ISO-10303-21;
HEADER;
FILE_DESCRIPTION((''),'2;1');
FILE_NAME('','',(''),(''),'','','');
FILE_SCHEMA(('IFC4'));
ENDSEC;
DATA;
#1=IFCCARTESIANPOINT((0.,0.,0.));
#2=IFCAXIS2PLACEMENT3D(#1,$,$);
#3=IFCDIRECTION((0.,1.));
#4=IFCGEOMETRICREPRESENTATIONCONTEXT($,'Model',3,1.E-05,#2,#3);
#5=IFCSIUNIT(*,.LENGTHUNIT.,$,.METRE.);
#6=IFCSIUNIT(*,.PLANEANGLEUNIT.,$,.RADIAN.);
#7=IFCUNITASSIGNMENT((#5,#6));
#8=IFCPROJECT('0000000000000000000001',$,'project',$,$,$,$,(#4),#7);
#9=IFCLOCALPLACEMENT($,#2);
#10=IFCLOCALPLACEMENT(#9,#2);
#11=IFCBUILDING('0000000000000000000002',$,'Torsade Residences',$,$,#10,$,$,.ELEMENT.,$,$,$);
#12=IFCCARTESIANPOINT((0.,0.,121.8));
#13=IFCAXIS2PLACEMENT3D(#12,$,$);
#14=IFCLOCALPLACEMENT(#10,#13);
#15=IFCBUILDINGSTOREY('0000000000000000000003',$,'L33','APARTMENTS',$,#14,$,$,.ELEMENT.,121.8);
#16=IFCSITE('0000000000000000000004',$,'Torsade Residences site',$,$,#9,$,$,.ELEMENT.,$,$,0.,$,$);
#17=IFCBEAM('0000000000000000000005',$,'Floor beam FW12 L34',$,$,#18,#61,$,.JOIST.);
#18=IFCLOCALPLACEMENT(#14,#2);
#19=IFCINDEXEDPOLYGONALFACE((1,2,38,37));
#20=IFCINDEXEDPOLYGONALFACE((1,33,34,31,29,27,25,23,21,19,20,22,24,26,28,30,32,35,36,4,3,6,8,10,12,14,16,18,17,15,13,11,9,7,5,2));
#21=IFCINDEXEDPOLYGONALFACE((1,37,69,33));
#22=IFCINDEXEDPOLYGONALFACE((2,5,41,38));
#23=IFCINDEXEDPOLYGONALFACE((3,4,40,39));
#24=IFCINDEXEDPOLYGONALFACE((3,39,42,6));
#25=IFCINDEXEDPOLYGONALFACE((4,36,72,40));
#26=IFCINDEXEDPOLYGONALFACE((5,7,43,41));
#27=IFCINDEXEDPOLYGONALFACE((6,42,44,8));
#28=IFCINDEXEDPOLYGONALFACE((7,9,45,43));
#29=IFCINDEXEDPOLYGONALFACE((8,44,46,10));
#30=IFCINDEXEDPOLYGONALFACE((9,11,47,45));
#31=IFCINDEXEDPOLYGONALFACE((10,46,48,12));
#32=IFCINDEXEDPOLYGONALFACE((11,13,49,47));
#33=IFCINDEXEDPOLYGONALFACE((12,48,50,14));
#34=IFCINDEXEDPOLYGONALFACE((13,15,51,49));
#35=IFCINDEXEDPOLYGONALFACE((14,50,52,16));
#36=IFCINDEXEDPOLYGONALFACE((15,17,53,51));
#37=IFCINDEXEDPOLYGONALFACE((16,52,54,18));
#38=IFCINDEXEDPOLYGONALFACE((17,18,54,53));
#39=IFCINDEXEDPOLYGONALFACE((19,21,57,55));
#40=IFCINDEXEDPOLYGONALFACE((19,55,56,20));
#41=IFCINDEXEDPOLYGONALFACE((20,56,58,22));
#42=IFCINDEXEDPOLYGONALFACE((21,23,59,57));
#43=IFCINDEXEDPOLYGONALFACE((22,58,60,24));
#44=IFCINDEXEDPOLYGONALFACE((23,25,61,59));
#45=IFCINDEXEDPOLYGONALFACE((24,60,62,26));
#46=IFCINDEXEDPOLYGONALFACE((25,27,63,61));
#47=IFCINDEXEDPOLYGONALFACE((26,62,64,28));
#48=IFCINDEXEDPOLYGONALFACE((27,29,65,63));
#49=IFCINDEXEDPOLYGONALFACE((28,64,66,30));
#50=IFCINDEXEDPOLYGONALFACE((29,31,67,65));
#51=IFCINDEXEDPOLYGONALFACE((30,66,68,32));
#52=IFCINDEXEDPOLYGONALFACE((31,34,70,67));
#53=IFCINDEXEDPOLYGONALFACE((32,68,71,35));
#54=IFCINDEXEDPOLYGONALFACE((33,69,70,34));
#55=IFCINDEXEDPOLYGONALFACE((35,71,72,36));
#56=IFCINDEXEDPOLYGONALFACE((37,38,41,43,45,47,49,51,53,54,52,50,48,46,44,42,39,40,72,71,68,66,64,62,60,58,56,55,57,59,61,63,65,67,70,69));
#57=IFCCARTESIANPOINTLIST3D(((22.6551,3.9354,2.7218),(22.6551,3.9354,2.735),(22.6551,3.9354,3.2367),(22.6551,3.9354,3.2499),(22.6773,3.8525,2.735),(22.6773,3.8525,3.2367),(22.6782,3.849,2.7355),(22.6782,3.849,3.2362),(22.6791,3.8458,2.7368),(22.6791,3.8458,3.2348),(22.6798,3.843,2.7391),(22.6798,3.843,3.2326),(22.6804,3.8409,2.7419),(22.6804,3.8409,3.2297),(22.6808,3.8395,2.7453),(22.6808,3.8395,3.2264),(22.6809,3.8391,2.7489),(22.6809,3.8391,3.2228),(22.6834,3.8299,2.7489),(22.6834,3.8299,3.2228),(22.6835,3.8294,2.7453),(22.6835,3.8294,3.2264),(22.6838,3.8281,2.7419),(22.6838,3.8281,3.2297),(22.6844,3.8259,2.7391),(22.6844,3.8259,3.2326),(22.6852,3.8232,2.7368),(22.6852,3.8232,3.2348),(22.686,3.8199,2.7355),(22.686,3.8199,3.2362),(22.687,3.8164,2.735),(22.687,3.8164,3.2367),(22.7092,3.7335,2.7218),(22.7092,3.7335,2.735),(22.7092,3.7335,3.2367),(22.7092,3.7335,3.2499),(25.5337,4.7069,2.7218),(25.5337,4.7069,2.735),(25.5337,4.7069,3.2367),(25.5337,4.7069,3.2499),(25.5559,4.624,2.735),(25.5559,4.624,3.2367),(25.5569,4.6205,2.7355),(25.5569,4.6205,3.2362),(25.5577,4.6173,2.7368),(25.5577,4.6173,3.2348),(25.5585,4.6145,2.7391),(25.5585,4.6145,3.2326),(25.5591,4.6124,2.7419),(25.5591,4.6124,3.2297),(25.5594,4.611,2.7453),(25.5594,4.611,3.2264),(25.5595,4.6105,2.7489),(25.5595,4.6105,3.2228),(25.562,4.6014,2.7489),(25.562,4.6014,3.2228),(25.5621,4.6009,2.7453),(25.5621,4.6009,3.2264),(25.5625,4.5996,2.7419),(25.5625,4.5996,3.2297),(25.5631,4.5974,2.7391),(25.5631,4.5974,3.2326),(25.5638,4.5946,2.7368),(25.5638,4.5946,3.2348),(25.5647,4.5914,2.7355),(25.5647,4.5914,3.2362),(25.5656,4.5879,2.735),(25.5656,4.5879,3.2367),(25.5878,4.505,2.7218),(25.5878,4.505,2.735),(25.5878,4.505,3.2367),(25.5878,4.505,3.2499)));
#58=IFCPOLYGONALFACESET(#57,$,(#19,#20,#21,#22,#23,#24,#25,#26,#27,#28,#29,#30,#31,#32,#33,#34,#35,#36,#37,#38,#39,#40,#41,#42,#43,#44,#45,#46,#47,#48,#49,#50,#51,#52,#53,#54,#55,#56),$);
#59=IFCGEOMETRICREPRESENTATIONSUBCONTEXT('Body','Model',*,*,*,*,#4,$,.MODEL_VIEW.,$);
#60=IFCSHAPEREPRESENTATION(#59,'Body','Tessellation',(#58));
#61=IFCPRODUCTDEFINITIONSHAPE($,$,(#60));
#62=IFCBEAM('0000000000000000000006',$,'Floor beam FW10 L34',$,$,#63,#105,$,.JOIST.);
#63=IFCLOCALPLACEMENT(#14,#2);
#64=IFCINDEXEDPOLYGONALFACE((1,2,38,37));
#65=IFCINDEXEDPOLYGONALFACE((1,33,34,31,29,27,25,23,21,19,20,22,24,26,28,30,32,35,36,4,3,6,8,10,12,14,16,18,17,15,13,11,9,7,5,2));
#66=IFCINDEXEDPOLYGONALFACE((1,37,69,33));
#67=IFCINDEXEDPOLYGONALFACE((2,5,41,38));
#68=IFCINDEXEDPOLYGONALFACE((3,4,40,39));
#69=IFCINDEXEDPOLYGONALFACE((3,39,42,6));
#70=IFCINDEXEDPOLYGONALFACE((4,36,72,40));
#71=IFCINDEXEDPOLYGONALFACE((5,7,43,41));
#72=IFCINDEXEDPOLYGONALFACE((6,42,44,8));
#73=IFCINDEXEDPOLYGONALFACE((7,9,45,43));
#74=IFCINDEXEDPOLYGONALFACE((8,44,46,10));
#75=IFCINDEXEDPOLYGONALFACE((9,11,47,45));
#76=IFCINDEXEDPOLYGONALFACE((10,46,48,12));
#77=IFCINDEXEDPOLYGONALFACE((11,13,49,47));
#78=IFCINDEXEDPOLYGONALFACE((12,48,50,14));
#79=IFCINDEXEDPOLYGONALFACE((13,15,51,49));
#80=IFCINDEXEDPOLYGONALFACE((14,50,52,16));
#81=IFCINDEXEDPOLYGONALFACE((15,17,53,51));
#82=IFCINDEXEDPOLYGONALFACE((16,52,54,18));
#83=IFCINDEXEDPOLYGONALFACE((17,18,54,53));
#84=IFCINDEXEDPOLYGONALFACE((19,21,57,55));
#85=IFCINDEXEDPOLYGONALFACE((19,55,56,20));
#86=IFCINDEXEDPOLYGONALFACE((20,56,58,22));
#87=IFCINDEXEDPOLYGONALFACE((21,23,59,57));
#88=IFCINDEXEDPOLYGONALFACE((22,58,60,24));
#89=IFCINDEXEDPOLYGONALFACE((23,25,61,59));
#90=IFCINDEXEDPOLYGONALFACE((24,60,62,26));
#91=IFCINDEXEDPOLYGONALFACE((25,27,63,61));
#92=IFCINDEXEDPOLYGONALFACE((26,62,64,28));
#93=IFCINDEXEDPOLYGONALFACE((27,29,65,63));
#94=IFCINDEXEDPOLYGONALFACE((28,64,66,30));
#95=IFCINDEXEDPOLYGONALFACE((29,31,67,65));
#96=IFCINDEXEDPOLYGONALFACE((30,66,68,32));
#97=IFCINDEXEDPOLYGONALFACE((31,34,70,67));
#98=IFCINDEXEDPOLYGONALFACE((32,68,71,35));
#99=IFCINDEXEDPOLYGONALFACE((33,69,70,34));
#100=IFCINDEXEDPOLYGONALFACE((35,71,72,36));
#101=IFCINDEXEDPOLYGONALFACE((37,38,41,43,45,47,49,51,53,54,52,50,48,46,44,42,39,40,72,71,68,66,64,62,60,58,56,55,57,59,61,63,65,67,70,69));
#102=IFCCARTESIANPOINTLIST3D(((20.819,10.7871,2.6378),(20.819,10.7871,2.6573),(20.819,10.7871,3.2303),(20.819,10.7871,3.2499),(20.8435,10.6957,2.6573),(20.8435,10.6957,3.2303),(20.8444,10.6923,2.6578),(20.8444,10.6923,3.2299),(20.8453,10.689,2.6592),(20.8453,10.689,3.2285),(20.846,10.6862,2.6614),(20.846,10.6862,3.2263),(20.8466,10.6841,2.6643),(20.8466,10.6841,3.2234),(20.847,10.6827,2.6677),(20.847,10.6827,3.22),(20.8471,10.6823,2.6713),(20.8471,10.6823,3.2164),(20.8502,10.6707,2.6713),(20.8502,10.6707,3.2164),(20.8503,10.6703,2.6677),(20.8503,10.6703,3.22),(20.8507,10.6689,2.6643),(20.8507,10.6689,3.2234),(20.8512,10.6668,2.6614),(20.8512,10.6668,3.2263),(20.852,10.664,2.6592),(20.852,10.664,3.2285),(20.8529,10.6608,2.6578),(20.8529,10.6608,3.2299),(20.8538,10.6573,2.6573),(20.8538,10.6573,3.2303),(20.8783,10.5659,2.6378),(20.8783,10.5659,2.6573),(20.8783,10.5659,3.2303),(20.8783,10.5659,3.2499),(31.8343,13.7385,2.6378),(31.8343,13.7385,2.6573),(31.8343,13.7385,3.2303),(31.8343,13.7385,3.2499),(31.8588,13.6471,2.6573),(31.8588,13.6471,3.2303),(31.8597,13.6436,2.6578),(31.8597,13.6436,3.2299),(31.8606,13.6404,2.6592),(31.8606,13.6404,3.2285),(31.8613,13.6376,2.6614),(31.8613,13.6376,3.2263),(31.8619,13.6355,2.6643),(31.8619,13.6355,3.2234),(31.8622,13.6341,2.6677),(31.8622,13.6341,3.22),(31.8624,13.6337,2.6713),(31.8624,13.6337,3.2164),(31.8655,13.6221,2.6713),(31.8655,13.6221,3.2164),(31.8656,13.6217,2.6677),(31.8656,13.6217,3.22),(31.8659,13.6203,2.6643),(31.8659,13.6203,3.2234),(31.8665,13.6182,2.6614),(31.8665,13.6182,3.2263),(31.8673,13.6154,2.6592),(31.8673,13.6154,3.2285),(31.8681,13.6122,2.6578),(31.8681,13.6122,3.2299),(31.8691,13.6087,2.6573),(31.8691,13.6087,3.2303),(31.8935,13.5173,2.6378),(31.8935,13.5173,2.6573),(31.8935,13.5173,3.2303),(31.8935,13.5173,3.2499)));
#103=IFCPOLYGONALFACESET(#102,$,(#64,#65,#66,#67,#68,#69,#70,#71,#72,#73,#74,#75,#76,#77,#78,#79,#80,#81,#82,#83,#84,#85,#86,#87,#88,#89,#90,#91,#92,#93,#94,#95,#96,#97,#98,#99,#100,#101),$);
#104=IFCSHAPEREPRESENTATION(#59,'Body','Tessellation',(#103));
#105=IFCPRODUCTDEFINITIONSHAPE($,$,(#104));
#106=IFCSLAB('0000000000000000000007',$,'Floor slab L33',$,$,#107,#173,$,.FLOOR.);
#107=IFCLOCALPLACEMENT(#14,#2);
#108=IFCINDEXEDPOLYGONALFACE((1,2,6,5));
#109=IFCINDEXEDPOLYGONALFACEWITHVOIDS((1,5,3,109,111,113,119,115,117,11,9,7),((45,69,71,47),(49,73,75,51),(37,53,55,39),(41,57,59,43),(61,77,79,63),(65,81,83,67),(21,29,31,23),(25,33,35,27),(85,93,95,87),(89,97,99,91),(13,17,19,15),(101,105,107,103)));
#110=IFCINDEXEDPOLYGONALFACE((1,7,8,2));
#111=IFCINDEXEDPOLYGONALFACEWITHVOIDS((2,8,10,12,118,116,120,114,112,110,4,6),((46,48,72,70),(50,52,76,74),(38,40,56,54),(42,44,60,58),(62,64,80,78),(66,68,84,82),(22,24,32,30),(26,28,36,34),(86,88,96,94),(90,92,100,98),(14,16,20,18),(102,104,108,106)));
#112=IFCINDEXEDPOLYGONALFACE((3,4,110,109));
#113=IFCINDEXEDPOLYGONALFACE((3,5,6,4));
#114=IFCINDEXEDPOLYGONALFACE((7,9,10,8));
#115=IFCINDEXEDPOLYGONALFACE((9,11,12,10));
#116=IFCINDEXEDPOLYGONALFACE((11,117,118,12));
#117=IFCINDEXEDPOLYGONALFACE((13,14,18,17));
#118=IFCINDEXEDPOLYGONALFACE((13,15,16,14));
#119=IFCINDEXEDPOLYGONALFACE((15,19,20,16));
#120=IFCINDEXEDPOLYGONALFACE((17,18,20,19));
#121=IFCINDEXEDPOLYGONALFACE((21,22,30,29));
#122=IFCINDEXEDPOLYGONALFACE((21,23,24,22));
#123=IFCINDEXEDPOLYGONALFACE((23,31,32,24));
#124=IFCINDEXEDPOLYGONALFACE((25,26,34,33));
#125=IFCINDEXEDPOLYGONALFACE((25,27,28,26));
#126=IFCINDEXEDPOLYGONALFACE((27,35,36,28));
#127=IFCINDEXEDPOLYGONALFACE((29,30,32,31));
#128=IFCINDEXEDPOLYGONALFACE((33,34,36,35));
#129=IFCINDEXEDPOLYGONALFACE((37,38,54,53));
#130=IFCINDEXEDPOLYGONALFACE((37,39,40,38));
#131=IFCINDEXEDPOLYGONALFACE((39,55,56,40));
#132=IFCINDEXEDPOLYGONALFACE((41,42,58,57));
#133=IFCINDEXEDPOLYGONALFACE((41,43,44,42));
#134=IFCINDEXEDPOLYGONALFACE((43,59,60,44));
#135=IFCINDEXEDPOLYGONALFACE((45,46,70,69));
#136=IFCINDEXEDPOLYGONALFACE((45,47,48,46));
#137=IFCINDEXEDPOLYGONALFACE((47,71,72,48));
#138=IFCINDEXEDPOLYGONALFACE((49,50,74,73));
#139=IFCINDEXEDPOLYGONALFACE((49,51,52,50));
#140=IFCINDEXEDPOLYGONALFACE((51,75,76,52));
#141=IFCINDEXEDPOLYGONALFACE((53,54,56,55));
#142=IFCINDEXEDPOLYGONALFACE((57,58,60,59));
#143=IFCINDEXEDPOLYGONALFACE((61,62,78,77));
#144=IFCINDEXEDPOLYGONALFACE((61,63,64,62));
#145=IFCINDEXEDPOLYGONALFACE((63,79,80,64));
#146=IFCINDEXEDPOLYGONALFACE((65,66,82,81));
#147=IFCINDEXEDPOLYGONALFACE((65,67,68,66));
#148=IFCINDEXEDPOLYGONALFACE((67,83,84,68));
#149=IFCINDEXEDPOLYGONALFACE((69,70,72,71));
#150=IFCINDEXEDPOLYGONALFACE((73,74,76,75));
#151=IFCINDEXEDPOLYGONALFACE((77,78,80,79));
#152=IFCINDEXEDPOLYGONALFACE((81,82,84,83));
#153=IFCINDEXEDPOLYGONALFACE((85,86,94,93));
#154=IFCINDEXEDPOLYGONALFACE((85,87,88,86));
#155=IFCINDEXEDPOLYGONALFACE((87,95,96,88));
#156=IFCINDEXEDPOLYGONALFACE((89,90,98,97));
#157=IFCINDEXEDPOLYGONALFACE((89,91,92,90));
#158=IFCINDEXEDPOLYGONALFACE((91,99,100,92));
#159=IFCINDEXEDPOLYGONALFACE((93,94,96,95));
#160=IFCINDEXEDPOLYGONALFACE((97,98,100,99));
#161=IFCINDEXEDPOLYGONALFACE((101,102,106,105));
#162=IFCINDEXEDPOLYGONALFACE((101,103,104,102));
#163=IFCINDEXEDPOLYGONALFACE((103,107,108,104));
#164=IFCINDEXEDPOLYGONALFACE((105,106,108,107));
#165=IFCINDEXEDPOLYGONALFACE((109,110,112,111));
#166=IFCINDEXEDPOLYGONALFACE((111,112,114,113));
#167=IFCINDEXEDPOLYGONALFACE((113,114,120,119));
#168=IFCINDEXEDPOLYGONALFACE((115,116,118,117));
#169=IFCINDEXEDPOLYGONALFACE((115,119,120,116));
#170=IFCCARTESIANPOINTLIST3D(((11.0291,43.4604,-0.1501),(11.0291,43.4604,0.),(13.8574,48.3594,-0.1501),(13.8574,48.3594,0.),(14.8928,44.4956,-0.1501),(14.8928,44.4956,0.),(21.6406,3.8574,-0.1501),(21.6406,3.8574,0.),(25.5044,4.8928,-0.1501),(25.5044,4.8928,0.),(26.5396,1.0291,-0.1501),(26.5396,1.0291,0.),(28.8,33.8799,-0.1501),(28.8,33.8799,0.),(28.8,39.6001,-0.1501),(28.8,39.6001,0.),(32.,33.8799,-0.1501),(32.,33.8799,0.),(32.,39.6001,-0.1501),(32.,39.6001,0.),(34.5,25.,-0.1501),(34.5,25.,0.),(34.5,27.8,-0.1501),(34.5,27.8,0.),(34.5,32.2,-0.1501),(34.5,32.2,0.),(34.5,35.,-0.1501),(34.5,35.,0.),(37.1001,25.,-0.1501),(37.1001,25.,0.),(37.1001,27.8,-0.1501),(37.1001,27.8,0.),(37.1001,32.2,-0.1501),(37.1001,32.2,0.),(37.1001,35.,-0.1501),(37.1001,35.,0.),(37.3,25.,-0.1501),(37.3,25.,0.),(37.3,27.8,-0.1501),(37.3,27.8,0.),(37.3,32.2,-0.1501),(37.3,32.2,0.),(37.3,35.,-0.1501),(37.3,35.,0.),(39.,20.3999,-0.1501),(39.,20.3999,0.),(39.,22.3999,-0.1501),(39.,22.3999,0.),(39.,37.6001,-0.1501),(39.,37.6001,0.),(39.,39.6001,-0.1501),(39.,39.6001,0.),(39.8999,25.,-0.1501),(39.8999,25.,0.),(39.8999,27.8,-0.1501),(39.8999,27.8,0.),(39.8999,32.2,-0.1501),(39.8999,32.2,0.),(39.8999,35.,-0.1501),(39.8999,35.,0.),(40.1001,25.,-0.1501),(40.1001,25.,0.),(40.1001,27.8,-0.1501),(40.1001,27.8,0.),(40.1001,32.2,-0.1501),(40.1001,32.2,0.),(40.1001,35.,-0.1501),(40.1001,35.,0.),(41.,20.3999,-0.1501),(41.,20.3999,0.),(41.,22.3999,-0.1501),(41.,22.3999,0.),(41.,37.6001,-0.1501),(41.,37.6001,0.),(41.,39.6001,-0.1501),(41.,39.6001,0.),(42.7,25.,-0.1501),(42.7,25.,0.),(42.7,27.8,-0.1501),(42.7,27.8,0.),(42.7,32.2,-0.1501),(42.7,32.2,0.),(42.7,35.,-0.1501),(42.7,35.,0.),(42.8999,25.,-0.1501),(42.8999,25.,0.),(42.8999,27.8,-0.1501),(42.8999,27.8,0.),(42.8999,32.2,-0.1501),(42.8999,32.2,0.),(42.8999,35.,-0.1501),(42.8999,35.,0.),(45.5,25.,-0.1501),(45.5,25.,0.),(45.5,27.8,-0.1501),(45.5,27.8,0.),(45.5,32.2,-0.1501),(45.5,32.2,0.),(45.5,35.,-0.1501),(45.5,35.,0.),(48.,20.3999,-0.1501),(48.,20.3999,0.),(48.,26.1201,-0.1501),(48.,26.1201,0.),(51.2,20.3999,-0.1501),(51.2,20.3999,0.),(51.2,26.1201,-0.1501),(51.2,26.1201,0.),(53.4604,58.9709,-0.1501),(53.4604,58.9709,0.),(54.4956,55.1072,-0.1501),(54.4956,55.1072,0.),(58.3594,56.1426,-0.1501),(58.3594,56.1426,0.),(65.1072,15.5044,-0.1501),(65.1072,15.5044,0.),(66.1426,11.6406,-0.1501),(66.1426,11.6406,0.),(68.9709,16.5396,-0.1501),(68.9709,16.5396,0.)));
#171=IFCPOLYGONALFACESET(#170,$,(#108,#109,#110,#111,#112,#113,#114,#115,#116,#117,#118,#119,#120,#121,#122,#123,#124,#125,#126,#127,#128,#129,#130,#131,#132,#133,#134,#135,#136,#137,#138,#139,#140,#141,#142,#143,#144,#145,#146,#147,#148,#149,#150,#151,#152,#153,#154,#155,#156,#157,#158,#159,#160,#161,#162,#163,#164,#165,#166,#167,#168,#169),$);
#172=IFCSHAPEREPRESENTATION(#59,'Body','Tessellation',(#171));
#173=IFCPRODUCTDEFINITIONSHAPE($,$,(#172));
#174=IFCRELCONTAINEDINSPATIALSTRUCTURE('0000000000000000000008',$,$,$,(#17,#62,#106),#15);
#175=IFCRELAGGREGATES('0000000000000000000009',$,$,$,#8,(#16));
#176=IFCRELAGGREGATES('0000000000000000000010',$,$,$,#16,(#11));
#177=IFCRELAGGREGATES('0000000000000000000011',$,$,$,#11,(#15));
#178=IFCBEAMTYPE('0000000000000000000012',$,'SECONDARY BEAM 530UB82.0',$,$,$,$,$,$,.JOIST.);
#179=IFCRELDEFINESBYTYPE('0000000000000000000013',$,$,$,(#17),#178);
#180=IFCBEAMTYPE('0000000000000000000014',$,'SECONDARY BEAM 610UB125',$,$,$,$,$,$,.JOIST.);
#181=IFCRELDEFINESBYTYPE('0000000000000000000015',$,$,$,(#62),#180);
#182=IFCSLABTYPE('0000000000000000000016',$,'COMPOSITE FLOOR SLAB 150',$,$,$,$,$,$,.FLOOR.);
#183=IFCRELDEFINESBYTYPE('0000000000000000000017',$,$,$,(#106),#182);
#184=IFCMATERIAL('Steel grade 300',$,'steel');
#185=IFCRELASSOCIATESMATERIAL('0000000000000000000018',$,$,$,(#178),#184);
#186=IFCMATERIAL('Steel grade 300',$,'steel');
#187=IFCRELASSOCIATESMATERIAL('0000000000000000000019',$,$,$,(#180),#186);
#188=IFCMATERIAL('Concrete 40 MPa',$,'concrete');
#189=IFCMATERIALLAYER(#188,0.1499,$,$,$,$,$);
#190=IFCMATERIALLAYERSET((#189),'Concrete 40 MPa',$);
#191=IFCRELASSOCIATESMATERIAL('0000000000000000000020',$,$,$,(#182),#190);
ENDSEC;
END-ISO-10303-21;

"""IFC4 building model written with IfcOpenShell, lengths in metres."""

from ifc_helpers import new_model, si_unit, direction, frame, origin, origin_2d, place, context, subcontext, project, spatial, polyline, i_section, outline, extrude, material, layer, layer_set, material_profile, profile_set, type_object, element, save


model = new_model("IFC4")

# Units and contexts
model_context = context("Model", 3, precision=1e-05, world=origin(), true_north=direction((0.0, 1.0)))
body_context = subcontext(model_context, "Body", "Model", "MODEL_VIEW")
ifc_project = project(units=[si_unit("LENGTHUNIT", "METRE"), si_unit("PLANEANGLEUNIT", "RADIAN")], contexts=[model_context])

# Site, building, storey
site_placement = place(None, origin())
site = spatial("IfcSite", under=ifc_project, at=site_placement, Name="Torsade Residences site", CompositionType="ELEMENT", RefElevation=0.0)
building_placement = place(site_placement, origin())
building = spatial("IfcBuilding", under=site, at=building_placement, Name="Torsade Residences", CompositionType="ELEMENT")
storey_placement = place(building_placement, frame((0.0, 0.0, 121.8)))
storey = spatial("IfcBuildingStorey", under=building, at=storey_placement, Name="L33", Description="APARTMENTS", CompositionType="ELEMENT", Elevation=121.8)

# Beams
ifc_material_1 = material(Name="Steel grade 300", Category="steel")
ifc_material_profile_1 = material_profile(ifc_material_1, i_section(OverallWidth=0.209, OverallDepth=0.5281, WebThickness=0.0095, FlangeThickness=0.0132, FilletRadius=0.0139, at=origin_2d()), Name="530UB82.0")
ifc_profile_set_1 = profile_set([ifc_material_profile_1], Name="Steel grade 300")
beam_type_1 = type_object("IfcBeamType", Name="SECONDARY BEAM 530UB82.0", PredefinedType="JOIST", material=ifc_profile_set_1)
beam_1_placement = place(storey_placement, frame((22.6821, 3.8345, 2.9858), z_axis=(0.965913, 0.258866, 0.0), x_axis=(-0.258866, 0.965913, 0.0)))
element("IfcBeam", 1, at=beam_1_placement, inside=storey, type_object=beam_type_1, Name="Floor beam FW12 L34", PredefinedType="JOIST", context=body_context, shape_type="SweptSolid", body=[
    extrude(i_section(OverallWidth=0.209, OverallDepth=0.5281, WebThickness=0.0095, FlangeThickness=0.0132, FilletRadius=0.0139, at=origin_2d()), origin(), (0.0, 0.0, 1.0), 2.9802),
])
ifc_material_2 = material(Name="Steel grade 300", Category="steel")
ifc_material_profile_2 = material_profile(ifc_material_2, i_section(OverallWidth=0.229, OverallDepth=0.6121, WebThickness=0.012, FlangeThickness=0.0195, FilletRadius=0.0139, at=origin_2d()), Name="610UB125")
ifc_profile_set_2 = profile_set([ifc_material_profile_2], Name="Steel grade 300")
beam_type_2 = type_object("IfcBeamType", Name="SECONDARY BEAM 610UB125", PredefinedType="JOIST", material=ifc_profile_set_2)
beam_2_placement = place(storey_placement, frame((20.8486, 10.6765, 2.9438), z_axis=(0.965929, 0.258807, 0.0), x_axis=(-0.258807, 0.965929, 0.0)))
element("IfcBeam", 2, at=beam_2_placement, inside=storey, type_object=beam_type_2, Name="Floor beam FW10 L34", PredefinedType="JOIST", context=body_context, shape_type="SweptSolid", body=[
    extrude(i_section(OverallWidth=0.229, OverallDepth=0.6121, WebThickness=0.012, FlangeThickness=0.0195, FilletRadius=0.0139, at=origin_2d()), origin(), (0.0, 0.0, 1.0), 11.4038),
])

# Slab
ifc_material_3 = material(Name="Concrete 40 MPa", Category="concrete")
ifc_layer_1 = layer(ifc_material_3, 0.1499)
ifc_layer_set_1 = layer_set([ifc_layer_1], Name="Concrete 40 MPa")
slab_type_1 = type_object("IfcSlabType", Name="COMPOSITE FLOOR SLAB 150", PredefinedType="FLOOR", material=ifc_layer_set_1)
slab_1_placement = place(storey_placement, frame((0.0, 0.0, -0.1501)))
element("IfcSlab", 3, at=slab_1_placement, inside=storey, type_object=slab_type_1, Name="Floor slab L33", PredefinedType="FLOOR", context=body_context, shape_type="SweptSolid", body=[
    extrude(outline(polyline([(26.5396, 1.0291), (66.1426, 11.6406), (65.1072, 15.5044), (68.9709, 16.5396), (58.3594, 56.1426), (54.4956, 55.1072), (53.4604, 58.9709), (13.8574, 48.3594), (14.8928, 44.4956), (11.0291, 43.4604), (21.6406, 3.8574), (25.5044, 4.8928), (26.5396, 1.0291)]), holes=[polyline([(51.2, 20.3999), (51.2, 26.1201), (48.0, 26.1201), (48.0, 20.3999), (51.2, 20.3999)]), polyline([(45.5, 27.8), (42.8999, 27.8), (42.8999, 25.0), (45.5, 25.0), (45.5, 27.8)]), polyline([(45.5, 32.2), (45.5, 35.0), (42.8999, 35.0), (42.8999, 32.2), (45.5, 32.2)]), polyline([(42.7, 25.0), (42.7, 27.8), (40.1001, 27.8), (40.1001, 25.0), (42.7, 25.0)]), polyline([(42.7, 32.2), (42.7, 35.0), (40.1001, 35.0), (40.1001, 32.2), (42.7, 32.2)]), polyline([(41.0, 22.3999), (39.0, 22.3999), (39.0, 20.3999), (41.0, 20.3999), (41.0, 22.3999)]), polyline([(41.0, 37.6001), (41.0, 39.6001), (39.0, 39.6001), (39.0, 37.6001), (41.0, 37.6001)]), polyline([(39.8999, 25.0), (39.8999, 27.8), (37.3, 27.8), (37.3, 25.0), (39.8999, 25.0)]), polyline([(39.8999, 35.0), (37.3, 35.0), (37.3, 32.2), (39.8999, 32.2), (39.8999, 35.0)]), polyline([(37.1001, 27.8), (34.5, 27.8), (34.5, 25.0), (37.1001, 25.0), (37.1001, 27.8)]), polyline([(37.1001, 32.2), (37.1001, 35.0), (34.5, 35.0), (34.5, 32.2), (37.1001, 32.2)]), polyline([(32.0, 33.8799), (32.0, 39.6001), (28.8, 39.6001), (28.8, 33.8799), (32.0, 33.8799)])]), origin(), (0.0, 0.0, 1.0), 0.1501),
])

save(model, "model.ifc")
